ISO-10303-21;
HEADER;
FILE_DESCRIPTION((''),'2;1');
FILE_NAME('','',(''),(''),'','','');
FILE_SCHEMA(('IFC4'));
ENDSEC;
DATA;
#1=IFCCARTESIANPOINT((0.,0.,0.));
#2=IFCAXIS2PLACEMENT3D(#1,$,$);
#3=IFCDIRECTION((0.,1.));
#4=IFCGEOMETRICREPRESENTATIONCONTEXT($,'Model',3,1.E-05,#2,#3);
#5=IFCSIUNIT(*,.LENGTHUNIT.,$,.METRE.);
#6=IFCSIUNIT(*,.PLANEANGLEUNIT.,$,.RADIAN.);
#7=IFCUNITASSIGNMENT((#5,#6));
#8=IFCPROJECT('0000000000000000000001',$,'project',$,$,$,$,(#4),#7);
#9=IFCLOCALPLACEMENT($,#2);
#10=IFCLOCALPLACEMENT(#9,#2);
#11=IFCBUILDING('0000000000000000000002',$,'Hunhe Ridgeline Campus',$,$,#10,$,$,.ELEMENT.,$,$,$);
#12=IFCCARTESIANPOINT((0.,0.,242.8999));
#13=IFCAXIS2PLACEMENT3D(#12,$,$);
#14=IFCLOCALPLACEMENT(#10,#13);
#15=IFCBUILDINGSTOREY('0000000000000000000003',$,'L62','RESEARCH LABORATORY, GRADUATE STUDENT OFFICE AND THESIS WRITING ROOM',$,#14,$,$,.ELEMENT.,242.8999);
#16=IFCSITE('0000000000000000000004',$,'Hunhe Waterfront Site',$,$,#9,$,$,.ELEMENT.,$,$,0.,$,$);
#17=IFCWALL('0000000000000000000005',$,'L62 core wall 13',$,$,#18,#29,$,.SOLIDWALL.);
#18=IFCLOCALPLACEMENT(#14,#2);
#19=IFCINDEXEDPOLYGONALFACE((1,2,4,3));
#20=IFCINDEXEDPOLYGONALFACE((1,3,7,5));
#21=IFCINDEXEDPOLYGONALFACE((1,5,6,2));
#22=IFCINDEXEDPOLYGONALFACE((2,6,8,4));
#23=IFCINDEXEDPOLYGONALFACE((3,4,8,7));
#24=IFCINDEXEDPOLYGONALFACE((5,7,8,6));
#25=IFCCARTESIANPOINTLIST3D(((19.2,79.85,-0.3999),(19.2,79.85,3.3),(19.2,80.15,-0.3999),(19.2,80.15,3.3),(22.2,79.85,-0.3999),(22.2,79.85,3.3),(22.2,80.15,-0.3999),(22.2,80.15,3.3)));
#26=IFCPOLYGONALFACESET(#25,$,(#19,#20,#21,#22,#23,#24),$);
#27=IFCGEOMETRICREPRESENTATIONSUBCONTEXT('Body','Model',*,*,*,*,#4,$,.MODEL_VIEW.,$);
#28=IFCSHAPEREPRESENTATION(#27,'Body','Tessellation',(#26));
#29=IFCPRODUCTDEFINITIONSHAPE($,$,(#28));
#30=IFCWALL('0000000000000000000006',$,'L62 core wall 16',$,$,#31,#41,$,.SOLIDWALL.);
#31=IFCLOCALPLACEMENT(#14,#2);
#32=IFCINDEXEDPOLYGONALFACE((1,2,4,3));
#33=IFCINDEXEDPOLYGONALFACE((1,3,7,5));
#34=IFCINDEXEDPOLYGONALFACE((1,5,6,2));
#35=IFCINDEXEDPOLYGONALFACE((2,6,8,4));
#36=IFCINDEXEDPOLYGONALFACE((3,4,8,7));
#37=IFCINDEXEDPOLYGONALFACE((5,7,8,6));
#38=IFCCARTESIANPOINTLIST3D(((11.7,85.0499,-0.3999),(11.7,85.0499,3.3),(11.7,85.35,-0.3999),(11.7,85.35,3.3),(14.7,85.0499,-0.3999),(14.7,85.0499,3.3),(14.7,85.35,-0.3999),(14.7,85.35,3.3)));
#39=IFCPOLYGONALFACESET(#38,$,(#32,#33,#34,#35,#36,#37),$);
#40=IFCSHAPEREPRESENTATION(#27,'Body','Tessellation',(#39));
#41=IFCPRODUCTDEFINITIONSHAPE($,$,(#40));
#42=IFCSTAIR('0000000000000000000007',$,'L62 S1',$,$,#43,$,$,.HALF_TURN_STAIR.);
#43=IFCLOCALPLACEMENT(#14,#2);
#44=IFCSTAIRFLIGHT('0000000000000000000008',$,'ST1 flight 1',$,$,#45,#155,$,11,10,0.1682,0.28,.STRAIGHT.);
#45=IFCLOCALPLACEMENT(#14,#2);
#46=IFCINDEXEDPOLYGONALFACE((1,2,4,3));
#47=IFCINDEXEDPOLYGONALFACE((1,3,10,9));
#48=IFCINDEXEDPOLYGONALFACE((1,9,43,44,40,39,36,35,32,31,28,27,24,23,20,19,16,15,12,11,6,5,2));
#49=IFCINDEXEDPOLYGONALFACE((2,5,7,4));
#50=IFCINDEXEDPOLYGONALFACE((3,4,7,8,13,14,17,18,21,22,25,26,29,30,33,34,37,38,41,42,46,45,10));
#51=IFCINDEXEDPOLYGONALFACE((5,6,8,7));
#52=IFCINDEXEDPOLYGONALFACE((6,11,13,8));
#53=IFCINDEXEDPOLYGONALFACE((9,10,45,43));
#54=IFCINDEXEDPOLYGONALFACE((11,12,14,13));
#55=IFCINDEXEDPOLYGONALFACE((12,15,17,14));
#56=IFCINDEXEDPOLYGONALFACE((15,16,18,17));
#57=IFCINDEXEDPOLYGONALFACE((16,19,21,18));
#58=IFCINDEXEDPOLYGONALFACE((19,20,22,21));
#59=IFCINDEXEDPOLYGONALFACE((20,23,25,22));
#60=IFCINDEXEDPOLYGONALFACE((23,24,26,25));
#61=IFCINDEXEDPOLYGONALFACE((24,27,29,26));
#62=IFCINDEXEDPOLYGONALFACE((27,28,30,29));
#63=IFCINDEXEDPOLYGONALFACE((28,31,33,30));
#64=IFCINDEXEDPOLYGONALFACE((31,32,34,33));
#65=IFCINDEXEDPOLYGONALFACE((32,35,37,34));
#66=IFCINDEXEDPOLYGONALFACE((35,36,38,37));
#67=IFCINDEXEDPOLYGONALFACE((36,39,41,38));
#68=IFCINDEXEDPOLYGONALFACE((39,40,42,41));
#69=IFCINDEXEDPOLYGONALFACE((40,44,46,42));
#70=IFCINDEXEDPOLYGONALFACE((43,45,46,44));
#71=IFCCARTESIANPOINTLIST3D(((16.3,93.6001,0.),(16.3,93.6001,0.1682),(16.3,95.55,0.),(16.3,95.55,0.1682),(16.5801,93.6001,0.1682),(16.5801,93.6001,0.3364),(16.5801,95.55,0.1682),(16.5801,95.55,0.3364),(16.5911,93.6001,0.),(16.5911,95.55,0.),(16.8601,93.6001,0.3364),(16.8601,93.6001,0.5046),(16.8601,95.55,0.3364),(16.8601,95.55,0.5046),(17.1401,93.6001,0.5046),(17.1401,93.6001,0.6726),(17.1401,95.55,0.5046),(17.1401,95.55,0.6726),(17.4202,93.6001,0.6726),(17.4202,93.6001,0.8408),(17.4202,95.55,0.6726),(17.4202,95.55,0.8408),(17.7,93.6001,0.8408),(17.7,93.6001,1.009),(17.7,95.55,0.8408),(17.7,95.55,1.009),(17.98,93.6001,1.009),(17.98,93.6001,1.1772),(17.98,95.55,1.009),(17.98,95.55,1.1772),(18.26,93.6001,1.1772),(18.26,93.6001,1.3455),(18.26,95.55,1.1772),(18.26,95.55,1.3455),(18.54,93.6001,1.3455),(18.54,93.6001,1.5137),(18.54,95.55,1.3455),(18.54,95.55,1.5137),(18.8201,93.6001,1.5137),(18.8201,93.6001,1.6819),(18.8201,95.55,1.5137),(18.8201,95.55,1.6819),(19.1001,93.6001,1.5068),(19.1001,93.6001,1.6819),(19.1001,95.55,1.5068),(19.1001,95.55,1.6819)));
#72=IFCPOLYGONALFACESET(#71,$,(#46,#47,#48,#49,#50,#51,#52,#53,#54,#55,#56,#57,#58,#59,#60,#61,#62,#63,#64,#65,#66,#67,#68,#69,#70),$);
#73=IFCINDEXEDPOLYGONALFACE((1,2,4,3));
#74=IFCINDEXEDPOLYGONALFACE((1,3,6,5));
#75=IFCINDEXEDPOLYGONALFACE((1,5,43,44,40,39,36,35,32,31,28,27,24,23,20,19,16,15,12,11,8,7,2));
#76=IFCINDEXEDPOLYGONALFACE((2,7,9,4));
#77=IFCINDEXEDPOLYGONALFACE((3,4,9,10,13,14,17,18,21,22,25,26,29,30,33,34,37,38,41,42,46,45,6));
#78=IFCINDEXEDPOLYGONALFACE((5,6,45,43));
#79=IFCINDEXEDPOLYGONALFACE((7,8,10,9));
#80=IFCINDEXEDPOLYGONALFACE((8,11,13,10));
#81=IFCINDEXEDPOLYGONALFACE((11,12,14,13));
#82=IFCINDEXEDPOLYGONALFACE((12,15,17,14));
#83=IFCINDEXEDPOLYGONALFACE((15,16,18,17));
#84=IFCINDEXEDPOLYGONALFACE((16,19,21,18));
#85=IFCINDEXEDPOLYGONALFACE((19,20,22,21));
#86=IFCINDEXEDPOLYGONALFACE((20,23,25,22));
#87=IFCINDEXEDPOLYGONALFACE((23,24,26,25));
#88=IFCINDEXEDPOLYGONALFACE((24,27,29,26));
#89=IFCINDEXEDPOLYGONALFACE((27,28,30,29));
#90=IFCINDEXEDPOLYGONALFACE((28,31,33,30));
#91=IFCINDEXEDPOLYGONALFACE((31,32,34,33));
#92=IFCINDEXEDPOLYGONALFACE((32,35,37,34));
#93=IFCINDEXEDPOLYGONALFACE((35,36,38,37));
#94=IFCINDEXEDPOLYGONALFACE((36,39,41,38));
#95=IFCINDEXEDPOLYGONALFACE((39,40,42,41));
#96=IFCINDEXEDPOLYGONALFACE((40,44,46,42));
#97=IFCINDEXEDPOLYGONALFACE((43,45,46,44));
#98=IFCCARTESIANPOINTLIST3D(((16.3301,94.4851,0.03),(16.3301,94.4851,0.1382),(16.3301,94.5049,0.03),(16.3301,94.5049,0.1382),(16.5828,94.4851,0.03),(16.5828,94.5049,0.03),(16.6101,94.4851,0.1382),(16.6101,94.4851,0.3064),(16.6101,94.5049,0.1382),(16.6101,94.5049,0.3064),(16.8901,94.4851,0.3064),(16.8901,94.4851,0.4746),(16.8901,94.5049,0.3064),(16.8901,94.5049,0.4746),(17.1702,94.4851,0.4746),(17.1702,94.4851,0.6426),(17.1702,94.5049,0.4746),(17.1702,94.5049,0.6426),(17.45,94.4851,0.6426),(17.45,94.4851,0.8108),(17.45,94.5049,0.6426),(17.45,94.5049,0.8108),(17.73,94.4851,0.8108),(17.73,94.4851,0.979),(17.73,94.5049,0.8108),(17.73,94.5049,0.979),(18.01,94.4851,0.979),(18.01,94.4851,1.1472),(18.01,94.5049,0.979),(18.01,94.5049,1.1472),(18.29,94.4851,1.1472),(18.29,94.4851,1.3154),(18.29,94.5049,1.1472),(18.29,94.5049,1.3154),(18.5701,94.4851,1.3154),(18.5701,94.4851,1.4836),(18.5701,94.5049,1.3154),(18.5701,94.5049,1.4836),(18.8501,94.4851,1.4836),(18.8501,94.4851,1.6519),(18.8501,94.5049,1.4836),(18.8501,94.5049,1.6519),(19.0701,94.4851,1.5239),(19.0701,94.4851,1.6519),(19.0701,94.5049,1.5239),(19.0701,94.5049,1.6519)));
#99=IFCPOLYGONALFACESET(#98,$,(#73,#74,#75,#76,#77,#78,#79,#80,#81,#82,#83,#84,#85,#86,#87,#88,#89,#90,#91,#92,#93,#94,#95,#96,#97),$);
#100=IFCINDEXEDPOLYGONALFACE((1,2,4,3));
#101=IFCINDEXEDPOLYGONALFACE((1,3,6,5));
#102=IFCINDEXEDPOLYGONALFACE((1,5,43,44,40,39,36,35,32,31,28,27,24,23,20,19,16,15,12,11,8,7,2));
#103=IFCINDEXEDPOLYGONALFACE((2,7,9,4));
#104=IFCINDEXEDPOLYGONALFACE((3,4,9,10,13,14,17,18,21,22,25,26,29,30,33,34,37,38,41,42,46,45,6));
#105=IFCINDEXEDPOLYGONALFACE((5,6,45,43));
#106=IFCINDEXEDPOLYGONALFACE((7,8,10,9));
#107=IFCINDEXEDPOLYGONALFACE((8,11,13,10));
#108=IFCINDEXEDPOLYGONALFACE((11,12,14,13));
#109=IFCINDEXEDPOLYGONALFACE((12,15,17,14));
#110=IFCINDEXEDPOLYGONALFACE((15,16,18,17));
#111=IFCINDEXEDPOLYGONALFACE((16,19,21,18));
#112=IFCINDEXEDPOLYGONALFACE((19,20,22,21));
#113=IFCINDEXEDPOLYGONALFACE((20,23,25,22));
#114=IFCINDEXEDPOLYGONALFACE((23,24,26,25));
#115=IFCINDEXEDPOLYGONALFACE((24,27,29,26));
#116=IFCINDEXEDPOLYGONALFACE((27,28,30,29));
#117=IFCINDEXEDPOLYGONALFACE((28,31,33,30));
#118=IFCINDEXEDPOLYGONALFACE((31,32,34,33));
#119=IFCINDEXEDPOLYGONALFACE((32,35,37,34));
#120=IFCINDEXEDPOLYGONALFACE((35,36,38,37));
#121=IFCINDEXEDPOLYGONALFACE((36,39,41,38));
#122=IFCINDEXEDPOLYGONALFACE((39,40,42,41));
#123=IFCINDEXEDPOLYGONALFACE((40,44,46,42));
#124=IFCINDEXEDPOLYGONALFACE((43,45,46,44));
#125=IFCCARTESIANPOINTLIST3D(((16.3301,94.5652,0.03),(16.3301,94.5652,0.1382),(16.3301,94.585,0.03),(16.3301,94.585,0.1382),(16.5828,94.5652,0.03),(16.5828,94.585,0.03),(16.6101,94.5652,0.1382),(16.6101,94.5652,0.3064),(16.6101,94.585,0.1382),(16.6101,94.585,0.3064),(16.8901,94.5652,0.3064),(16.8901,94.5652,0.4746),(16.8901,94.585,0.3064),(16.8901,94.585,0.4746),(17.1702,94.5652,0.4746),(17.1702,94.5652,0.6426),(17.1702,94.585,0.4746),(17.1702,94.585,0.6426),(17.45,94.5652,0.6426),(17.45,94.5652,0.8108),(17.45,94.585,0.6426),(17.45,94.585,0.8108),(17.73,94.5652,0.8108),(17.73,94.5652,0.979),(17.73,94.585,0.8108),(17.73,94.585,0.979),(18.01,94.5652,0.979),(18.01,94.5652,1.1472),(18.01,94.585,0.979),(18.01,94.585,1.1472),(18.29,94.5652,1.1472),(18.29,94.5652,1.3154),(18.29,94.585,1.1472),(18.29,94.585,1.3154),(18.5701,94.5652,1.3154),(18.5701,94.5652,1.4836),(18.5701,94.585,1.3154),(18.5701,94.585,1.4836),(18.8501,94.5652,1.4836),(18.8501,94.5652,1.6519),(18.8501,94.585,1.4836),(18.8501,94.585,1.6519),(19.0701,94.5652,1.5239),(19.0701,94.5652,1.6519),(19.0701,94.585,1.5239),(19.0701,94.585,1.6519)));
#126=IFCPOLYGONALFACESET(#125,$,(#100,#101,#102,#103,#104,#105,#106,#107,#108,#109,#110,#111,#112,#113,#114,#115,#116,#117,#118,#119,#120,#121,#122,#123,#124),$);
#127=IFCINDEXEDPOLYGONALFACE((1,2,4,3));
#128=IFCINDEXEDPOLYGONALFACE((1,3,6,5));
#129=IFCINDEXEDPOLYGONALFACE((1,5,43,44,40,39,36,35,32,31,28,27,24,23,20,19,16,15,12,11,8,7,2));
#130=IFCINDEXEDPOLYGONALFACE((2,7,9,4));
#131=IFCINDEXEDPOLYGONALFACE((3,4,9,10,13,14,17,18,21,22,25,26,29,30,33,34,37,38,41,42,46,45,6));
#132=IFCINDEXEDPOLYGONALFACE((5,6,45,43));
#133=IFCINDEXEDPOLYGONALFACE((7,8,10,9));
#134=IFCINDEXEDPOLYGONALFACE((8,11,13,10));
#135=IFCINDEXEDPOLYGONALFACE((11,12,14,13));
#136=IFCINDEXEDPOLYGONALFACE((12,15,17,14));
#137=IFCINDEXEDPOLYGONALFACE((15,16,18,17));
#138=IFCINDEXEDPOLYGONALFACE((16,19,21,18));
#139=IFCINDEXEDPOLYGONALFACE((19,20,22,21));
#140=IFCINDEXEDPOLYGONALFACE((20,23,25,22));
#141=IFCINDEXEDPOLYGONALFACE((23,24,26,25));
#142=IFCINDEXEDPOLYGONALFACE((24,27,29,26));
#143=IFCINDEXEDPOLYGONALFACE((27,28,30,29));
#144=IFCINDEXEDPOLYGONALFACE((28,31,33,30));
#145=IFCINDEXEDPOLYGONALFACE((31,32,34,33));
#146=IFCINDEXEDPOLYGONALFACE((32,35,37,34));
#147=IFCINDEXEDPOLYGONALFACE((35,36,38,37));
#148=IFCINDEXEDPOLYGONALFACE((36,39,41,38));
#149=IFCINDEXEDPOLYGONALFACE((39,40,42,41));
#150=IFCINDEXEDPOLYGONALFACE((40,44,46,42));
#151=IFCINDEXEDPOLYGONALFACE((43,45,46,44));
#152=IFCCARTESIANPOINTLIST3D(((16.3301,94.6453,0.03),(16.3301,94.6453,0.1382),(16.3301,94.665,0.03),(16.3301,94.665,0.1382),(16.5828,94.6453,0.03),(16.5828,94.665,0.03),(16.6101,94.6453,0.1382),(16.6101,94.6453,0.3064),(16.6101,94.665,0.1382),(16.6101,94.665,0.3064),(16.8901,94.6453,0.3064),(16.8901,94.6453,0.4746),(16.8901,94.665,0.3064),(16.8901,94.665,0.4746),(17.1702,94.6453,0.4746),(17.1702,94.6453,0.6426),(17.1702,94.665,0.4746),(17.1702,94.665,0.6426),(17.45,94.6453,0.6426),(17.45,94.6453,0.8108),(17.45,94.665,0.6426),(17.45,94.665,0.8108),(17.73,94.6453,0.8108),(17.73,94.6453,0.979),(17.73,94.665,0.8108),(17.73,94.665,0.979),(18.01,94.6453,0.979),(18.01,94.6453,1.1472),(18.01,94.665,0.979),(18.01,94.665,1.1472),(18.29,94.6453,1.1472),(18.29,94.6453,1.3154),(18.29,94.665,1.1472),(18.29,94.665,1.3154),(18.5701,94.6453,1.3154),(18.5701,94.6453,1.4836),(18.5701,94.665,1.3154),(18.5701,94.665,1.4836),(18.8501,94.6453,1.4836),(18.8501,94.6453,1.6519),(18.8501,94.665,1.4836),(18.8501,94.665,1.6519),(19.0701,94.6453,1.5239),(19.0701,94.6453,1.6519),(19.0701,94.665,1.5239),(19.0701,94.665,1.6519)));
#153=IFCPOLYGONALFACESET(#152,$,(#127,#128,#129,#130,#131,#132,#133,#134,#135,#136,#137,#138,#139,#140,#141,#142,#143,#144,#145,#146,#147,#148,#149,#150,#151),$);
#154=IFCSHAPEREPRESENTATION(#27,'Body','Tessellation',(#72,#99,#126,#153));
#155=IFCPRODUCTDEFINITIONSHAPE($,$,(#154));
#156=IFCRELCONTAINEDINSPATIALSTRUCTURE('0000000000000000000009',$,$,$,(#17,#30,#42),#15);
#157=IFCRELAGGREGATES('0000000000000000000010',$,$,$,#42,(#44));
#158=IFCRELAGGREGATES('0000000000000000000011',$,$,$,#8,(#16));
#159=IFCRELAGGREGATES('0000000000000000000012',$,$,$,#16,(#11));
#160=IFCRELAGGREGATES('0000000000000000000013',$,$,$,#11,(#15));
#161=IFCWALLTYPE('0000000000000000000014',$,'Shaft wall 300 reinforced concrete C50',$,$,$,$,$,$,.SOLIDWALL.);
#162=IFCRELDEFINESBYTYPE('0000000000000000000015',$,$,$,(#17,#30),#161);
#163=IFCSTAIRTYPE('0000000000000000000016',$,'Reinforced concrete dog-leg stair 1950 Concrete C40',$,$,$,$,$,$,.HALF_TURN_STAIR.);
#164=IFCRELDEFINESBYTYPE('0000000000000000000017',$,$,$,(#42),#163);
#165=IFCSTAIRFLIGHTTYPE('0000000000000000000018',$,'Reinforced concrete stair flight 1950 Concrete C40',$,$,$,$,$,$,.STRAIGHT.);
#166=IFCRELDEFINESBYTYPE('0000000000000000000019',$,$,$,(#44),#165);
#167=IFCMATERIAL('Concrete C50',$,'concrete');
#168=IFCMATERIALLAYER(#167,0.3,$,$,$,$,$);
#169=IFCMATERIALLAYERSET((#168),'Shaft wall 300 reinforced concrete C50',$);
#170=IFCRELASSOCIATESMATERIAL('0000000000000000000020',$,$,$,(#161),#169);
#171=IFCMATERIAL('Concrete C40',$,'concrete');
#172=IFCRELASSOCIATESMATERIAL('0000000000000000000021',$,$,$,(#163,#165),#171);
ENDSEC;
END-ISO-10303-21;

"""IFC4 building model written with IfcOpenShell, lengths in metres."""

from ifc_helpers import new_model, si_unit, direction, frame, frame_2d, origin, place, context, subcontext, project, spatial, polyline, rectangle, outline, extrude, material, layer, layer_set, type_object, element, aggregate, save


model = new_model("IFC4")

# Units and contexts
model_context = context("Model", 3, precision=1e-05, world=origin(), true_north=direction((0.0, 1.0)))
body_context = subcontext(model_context, "Body", "Model", "MODEL_VIEW")
ifc_project = project(units=[si_unit("LENGTHUNIT", "METRE"), si_unit("PLANEANGLEUNIT", "RADIAN")], contexts=[model_context])

# Site, building, storey
site_placement = place(None, origin())
site = spatial("IfcSite", under=ifc_project, at=site_placement, Name="Hunhe Waterfront Site", CompositionType="ELEMENT", RefElevation=0.0)
building_placement = place(site_placement, origin())
building = spatial("IfcBuilding", under=site, at=building_placement, Name="Hunhe Ridgeline Campus", CompositionType="ELEMENT")
storey_placement = place(building_placement, frame((0.0, 0.0, 242.8999)))
storey = spatial("IfcBuildingStorey", under=building, at=storey_placement, Name="L62", Description="RESEARCH LABORATORY, GRADUATE STUDENT OFFICE AND THESIS WRITING ROOM", CompositionType="ELEMENT", Elevation=242.8999)

# Walls
ifc_material_1 = material(Name="Concrete C50", Category="concrete")
ifc_layer_1 = layer(ifc_material_1, 0.3)
ifc_layer_set_1 = layer_set([ifc_layer_1], Name="Shaft wall 300 reinforced concrete C50")
wall_type_1 = type_object("IfcWallType", Name="Shaft wall 300 reinforced concrete C50", PredefinedType="SOLIDWALL", material=ifc_layer_set_1)
for number, where, z_axis, x_axis, name in (
    (1, (19.2, 80.0, -0.3999), (0.0, 0.0, 1.0), (1.0, 0.0, 0.0), "L62 core wall 13"),
    (2, (11.7, 85.2, -0.3999), (0.0, 0.0, 1.0), (1.0, 0.0, 0.0), "L62 core wall 16"),
):
    element("IfcWall", number, at=place(storey_placement, frame(where, z_axis=z_axis, x_axis=x_axis)), inside=storey, type_object=wall_type_1, Name=name, PredefinedType="SOLIDWALL", context=body_context, shape_type="SweptSolid", body=[
        extrude(rectangle(XDim=3.0, YDim=0.3, at=frame_2d((1.5, 0.0))), origin(), (0.0, 0.0, 1.0), 3.7),
    ])

# Stair, stair flight
ifc_material_2 = material(Name="Concrete C40", Category="concrete")
stair_type = type_object("IfcStairType", Name="Reinforced concrete dog-leg stair 1950 Concrete C40", PredefinedType="HALF_TURN_STAIR", material=ifc_material_2)
stair_placement = place(storey_placement, origin())
stair = element("IfcStair", 3, at=stair_placement, inside=storey, type_object=stair_type, Name="L62 S1", PredefinedType="HALF_TURN_STAIR")
stair_flight_type = type_object("IfcStairFlightType", Name="Reinforced concrete stair flight 1950 Concrete C40", PredefinedType="STRAIGHT", material=ifc_material_2)
stair_flight_1_placement = place(storey_placement, frame((16.3, 94.575, 0.0), z_axis=(0.0, 0.0, 1.0), x_axis=(1.0, 0.0, 0.0)))
stair_flight_1 = element("IfcStairFlight", 4, at=stair_flight_1_placement, type_object=stair_flight_type, Name="ST1 flight 1", NumberOfRisers=11, NumberOfTreads=10, PredefinedType="STRAIGHT", RiserHeight=0.1682, TreadLength=0.28, context=body_context, shape_type="SweptSolid", body=[
    extrude(outline(polyline([(0.0, 0.0), (0.0, 0.1682), (0.28, 0.1682), (0.28, 0.3364), (0.5601, 0.3364), (0.5601, 0.5046), (0.8401, 0.5046), (0.8401, 0.6726), (1.1201, 0.6726), (1.1201, 0.8408), (1.3999, 0.8408), (1.3999, 1.009), (1.6799, 1.009), (1.6799, 1.1772), (1.96, 1.1772), (1.96, 1.3455), (2.24, 1.3455), (2.24, 1.5137), (2.52, 1.5137), (2.52, 1.6819), (2.8, 1.6819), (2.8, 1.8501), (2.8, 1.5068), (0.291, 0.0), (0.0, 0.0)])), frame((0.0, 0.9751, 0.0), z_axis=(0.0, -1.0, 0.0), x_axis=(1.0, 0.0, 0.0)), (0.0, 0.0, 1.0), 1.95),
    extrude(outline(polyline([(0.03, 0.03), (0.03, 0.1382), (0.3101, 0.1382), (0.3101, 0.3064), (0.5901, 0.3064), (0.5901, 0.4746), (0.8701, 0.4746), (0.8701, 0.6426), (1.1499, 0.6426), (1.1499, 0.8108), (1.4299, 0.8108), (1.4299, 0.979), (1.71, 0.979), (1.71, 1.1472), (1.99, 1.1472), (1.99, 1.3154), (2.27, 1.3154), (2.27, 1.4836), (2.55, 1.4836), (2.55, 1.6519), (2.77, 1.6519), (2.77, 1.5239), (0.2827, 0.03), (0.03, 0.03)])), frame((0.0, -0.0701, 0.0), z_axis=(0.0, -1.0, 0.0), x_axis=(1.0, 0.0, 0.0)), (0.0, 0.0, 1.0), 0.0198),
    extrude(outline(polyline([(0.03, 0.03), (0.03, 0.1382), (0.3101, 0.1382), (0.3101, 0.3064), (0.5901, 0.3064), (0.5901, 0.4746), (0.8701, 0.4746), (0.8701, 0.6426), (1.1499, 0.6426), (1.1499, 0.8108), (1.4299, 0.8108), (1.4299, 0.979), (1.71, 0.979), (1.71, 1.1472), (1.99, 1.1472), (1.99, 1.3154), (2.27, 1.3154), (2.27, 1.4836), (2.55, 1.4836), (2.55, 1.6519), (2.77, 1.6519), (2.77, 1.5239), (0.2827, 0.03), (0.03, 0.03)])), frame((0.0, 0.01, 0.0), z_axis=(0.0, -1.0, 0.0), x_axis=(1.0, 0.0, 0.0)), (0.0, 0.0, 1.0), 0.0198),
    extrude(outline(polyline([(0.03, 0.03), (0.03, 0.1382), (0.3101, 0.1382), (0.3101, 0.3064), (0.5901, 0.3064), (0.5901, 0.4746), (0.8701, 0.4746), (0.8701, 0.6426), (1.1499, 0.6426), (1.1499, 0.8108), (1.4299, 0.8108), (1.4299, 0.979), (1.71, 0.979), (1.71, 1.1472), (1.99, 1.1472), (1.99, 1.3154), (2.27, 1.3154), (2.27, 1.4836), (2.55, 1.4836), (2.55, 1.6519), (2.77, 1.6519), (2.77, 1.5239), (0.2827, 0.03), (0.03, 0.03)])), frame((0.0, 0.0901, 0.0), z_axis=(0.0, -1.0, 0.0), x_axis=(1.0, 0.0, 0.0)), (0.0, 0.0, 1.0), 0.0198),
])
aggregate(stair, [stair_flight_1])

save(model, "model.ifc")
